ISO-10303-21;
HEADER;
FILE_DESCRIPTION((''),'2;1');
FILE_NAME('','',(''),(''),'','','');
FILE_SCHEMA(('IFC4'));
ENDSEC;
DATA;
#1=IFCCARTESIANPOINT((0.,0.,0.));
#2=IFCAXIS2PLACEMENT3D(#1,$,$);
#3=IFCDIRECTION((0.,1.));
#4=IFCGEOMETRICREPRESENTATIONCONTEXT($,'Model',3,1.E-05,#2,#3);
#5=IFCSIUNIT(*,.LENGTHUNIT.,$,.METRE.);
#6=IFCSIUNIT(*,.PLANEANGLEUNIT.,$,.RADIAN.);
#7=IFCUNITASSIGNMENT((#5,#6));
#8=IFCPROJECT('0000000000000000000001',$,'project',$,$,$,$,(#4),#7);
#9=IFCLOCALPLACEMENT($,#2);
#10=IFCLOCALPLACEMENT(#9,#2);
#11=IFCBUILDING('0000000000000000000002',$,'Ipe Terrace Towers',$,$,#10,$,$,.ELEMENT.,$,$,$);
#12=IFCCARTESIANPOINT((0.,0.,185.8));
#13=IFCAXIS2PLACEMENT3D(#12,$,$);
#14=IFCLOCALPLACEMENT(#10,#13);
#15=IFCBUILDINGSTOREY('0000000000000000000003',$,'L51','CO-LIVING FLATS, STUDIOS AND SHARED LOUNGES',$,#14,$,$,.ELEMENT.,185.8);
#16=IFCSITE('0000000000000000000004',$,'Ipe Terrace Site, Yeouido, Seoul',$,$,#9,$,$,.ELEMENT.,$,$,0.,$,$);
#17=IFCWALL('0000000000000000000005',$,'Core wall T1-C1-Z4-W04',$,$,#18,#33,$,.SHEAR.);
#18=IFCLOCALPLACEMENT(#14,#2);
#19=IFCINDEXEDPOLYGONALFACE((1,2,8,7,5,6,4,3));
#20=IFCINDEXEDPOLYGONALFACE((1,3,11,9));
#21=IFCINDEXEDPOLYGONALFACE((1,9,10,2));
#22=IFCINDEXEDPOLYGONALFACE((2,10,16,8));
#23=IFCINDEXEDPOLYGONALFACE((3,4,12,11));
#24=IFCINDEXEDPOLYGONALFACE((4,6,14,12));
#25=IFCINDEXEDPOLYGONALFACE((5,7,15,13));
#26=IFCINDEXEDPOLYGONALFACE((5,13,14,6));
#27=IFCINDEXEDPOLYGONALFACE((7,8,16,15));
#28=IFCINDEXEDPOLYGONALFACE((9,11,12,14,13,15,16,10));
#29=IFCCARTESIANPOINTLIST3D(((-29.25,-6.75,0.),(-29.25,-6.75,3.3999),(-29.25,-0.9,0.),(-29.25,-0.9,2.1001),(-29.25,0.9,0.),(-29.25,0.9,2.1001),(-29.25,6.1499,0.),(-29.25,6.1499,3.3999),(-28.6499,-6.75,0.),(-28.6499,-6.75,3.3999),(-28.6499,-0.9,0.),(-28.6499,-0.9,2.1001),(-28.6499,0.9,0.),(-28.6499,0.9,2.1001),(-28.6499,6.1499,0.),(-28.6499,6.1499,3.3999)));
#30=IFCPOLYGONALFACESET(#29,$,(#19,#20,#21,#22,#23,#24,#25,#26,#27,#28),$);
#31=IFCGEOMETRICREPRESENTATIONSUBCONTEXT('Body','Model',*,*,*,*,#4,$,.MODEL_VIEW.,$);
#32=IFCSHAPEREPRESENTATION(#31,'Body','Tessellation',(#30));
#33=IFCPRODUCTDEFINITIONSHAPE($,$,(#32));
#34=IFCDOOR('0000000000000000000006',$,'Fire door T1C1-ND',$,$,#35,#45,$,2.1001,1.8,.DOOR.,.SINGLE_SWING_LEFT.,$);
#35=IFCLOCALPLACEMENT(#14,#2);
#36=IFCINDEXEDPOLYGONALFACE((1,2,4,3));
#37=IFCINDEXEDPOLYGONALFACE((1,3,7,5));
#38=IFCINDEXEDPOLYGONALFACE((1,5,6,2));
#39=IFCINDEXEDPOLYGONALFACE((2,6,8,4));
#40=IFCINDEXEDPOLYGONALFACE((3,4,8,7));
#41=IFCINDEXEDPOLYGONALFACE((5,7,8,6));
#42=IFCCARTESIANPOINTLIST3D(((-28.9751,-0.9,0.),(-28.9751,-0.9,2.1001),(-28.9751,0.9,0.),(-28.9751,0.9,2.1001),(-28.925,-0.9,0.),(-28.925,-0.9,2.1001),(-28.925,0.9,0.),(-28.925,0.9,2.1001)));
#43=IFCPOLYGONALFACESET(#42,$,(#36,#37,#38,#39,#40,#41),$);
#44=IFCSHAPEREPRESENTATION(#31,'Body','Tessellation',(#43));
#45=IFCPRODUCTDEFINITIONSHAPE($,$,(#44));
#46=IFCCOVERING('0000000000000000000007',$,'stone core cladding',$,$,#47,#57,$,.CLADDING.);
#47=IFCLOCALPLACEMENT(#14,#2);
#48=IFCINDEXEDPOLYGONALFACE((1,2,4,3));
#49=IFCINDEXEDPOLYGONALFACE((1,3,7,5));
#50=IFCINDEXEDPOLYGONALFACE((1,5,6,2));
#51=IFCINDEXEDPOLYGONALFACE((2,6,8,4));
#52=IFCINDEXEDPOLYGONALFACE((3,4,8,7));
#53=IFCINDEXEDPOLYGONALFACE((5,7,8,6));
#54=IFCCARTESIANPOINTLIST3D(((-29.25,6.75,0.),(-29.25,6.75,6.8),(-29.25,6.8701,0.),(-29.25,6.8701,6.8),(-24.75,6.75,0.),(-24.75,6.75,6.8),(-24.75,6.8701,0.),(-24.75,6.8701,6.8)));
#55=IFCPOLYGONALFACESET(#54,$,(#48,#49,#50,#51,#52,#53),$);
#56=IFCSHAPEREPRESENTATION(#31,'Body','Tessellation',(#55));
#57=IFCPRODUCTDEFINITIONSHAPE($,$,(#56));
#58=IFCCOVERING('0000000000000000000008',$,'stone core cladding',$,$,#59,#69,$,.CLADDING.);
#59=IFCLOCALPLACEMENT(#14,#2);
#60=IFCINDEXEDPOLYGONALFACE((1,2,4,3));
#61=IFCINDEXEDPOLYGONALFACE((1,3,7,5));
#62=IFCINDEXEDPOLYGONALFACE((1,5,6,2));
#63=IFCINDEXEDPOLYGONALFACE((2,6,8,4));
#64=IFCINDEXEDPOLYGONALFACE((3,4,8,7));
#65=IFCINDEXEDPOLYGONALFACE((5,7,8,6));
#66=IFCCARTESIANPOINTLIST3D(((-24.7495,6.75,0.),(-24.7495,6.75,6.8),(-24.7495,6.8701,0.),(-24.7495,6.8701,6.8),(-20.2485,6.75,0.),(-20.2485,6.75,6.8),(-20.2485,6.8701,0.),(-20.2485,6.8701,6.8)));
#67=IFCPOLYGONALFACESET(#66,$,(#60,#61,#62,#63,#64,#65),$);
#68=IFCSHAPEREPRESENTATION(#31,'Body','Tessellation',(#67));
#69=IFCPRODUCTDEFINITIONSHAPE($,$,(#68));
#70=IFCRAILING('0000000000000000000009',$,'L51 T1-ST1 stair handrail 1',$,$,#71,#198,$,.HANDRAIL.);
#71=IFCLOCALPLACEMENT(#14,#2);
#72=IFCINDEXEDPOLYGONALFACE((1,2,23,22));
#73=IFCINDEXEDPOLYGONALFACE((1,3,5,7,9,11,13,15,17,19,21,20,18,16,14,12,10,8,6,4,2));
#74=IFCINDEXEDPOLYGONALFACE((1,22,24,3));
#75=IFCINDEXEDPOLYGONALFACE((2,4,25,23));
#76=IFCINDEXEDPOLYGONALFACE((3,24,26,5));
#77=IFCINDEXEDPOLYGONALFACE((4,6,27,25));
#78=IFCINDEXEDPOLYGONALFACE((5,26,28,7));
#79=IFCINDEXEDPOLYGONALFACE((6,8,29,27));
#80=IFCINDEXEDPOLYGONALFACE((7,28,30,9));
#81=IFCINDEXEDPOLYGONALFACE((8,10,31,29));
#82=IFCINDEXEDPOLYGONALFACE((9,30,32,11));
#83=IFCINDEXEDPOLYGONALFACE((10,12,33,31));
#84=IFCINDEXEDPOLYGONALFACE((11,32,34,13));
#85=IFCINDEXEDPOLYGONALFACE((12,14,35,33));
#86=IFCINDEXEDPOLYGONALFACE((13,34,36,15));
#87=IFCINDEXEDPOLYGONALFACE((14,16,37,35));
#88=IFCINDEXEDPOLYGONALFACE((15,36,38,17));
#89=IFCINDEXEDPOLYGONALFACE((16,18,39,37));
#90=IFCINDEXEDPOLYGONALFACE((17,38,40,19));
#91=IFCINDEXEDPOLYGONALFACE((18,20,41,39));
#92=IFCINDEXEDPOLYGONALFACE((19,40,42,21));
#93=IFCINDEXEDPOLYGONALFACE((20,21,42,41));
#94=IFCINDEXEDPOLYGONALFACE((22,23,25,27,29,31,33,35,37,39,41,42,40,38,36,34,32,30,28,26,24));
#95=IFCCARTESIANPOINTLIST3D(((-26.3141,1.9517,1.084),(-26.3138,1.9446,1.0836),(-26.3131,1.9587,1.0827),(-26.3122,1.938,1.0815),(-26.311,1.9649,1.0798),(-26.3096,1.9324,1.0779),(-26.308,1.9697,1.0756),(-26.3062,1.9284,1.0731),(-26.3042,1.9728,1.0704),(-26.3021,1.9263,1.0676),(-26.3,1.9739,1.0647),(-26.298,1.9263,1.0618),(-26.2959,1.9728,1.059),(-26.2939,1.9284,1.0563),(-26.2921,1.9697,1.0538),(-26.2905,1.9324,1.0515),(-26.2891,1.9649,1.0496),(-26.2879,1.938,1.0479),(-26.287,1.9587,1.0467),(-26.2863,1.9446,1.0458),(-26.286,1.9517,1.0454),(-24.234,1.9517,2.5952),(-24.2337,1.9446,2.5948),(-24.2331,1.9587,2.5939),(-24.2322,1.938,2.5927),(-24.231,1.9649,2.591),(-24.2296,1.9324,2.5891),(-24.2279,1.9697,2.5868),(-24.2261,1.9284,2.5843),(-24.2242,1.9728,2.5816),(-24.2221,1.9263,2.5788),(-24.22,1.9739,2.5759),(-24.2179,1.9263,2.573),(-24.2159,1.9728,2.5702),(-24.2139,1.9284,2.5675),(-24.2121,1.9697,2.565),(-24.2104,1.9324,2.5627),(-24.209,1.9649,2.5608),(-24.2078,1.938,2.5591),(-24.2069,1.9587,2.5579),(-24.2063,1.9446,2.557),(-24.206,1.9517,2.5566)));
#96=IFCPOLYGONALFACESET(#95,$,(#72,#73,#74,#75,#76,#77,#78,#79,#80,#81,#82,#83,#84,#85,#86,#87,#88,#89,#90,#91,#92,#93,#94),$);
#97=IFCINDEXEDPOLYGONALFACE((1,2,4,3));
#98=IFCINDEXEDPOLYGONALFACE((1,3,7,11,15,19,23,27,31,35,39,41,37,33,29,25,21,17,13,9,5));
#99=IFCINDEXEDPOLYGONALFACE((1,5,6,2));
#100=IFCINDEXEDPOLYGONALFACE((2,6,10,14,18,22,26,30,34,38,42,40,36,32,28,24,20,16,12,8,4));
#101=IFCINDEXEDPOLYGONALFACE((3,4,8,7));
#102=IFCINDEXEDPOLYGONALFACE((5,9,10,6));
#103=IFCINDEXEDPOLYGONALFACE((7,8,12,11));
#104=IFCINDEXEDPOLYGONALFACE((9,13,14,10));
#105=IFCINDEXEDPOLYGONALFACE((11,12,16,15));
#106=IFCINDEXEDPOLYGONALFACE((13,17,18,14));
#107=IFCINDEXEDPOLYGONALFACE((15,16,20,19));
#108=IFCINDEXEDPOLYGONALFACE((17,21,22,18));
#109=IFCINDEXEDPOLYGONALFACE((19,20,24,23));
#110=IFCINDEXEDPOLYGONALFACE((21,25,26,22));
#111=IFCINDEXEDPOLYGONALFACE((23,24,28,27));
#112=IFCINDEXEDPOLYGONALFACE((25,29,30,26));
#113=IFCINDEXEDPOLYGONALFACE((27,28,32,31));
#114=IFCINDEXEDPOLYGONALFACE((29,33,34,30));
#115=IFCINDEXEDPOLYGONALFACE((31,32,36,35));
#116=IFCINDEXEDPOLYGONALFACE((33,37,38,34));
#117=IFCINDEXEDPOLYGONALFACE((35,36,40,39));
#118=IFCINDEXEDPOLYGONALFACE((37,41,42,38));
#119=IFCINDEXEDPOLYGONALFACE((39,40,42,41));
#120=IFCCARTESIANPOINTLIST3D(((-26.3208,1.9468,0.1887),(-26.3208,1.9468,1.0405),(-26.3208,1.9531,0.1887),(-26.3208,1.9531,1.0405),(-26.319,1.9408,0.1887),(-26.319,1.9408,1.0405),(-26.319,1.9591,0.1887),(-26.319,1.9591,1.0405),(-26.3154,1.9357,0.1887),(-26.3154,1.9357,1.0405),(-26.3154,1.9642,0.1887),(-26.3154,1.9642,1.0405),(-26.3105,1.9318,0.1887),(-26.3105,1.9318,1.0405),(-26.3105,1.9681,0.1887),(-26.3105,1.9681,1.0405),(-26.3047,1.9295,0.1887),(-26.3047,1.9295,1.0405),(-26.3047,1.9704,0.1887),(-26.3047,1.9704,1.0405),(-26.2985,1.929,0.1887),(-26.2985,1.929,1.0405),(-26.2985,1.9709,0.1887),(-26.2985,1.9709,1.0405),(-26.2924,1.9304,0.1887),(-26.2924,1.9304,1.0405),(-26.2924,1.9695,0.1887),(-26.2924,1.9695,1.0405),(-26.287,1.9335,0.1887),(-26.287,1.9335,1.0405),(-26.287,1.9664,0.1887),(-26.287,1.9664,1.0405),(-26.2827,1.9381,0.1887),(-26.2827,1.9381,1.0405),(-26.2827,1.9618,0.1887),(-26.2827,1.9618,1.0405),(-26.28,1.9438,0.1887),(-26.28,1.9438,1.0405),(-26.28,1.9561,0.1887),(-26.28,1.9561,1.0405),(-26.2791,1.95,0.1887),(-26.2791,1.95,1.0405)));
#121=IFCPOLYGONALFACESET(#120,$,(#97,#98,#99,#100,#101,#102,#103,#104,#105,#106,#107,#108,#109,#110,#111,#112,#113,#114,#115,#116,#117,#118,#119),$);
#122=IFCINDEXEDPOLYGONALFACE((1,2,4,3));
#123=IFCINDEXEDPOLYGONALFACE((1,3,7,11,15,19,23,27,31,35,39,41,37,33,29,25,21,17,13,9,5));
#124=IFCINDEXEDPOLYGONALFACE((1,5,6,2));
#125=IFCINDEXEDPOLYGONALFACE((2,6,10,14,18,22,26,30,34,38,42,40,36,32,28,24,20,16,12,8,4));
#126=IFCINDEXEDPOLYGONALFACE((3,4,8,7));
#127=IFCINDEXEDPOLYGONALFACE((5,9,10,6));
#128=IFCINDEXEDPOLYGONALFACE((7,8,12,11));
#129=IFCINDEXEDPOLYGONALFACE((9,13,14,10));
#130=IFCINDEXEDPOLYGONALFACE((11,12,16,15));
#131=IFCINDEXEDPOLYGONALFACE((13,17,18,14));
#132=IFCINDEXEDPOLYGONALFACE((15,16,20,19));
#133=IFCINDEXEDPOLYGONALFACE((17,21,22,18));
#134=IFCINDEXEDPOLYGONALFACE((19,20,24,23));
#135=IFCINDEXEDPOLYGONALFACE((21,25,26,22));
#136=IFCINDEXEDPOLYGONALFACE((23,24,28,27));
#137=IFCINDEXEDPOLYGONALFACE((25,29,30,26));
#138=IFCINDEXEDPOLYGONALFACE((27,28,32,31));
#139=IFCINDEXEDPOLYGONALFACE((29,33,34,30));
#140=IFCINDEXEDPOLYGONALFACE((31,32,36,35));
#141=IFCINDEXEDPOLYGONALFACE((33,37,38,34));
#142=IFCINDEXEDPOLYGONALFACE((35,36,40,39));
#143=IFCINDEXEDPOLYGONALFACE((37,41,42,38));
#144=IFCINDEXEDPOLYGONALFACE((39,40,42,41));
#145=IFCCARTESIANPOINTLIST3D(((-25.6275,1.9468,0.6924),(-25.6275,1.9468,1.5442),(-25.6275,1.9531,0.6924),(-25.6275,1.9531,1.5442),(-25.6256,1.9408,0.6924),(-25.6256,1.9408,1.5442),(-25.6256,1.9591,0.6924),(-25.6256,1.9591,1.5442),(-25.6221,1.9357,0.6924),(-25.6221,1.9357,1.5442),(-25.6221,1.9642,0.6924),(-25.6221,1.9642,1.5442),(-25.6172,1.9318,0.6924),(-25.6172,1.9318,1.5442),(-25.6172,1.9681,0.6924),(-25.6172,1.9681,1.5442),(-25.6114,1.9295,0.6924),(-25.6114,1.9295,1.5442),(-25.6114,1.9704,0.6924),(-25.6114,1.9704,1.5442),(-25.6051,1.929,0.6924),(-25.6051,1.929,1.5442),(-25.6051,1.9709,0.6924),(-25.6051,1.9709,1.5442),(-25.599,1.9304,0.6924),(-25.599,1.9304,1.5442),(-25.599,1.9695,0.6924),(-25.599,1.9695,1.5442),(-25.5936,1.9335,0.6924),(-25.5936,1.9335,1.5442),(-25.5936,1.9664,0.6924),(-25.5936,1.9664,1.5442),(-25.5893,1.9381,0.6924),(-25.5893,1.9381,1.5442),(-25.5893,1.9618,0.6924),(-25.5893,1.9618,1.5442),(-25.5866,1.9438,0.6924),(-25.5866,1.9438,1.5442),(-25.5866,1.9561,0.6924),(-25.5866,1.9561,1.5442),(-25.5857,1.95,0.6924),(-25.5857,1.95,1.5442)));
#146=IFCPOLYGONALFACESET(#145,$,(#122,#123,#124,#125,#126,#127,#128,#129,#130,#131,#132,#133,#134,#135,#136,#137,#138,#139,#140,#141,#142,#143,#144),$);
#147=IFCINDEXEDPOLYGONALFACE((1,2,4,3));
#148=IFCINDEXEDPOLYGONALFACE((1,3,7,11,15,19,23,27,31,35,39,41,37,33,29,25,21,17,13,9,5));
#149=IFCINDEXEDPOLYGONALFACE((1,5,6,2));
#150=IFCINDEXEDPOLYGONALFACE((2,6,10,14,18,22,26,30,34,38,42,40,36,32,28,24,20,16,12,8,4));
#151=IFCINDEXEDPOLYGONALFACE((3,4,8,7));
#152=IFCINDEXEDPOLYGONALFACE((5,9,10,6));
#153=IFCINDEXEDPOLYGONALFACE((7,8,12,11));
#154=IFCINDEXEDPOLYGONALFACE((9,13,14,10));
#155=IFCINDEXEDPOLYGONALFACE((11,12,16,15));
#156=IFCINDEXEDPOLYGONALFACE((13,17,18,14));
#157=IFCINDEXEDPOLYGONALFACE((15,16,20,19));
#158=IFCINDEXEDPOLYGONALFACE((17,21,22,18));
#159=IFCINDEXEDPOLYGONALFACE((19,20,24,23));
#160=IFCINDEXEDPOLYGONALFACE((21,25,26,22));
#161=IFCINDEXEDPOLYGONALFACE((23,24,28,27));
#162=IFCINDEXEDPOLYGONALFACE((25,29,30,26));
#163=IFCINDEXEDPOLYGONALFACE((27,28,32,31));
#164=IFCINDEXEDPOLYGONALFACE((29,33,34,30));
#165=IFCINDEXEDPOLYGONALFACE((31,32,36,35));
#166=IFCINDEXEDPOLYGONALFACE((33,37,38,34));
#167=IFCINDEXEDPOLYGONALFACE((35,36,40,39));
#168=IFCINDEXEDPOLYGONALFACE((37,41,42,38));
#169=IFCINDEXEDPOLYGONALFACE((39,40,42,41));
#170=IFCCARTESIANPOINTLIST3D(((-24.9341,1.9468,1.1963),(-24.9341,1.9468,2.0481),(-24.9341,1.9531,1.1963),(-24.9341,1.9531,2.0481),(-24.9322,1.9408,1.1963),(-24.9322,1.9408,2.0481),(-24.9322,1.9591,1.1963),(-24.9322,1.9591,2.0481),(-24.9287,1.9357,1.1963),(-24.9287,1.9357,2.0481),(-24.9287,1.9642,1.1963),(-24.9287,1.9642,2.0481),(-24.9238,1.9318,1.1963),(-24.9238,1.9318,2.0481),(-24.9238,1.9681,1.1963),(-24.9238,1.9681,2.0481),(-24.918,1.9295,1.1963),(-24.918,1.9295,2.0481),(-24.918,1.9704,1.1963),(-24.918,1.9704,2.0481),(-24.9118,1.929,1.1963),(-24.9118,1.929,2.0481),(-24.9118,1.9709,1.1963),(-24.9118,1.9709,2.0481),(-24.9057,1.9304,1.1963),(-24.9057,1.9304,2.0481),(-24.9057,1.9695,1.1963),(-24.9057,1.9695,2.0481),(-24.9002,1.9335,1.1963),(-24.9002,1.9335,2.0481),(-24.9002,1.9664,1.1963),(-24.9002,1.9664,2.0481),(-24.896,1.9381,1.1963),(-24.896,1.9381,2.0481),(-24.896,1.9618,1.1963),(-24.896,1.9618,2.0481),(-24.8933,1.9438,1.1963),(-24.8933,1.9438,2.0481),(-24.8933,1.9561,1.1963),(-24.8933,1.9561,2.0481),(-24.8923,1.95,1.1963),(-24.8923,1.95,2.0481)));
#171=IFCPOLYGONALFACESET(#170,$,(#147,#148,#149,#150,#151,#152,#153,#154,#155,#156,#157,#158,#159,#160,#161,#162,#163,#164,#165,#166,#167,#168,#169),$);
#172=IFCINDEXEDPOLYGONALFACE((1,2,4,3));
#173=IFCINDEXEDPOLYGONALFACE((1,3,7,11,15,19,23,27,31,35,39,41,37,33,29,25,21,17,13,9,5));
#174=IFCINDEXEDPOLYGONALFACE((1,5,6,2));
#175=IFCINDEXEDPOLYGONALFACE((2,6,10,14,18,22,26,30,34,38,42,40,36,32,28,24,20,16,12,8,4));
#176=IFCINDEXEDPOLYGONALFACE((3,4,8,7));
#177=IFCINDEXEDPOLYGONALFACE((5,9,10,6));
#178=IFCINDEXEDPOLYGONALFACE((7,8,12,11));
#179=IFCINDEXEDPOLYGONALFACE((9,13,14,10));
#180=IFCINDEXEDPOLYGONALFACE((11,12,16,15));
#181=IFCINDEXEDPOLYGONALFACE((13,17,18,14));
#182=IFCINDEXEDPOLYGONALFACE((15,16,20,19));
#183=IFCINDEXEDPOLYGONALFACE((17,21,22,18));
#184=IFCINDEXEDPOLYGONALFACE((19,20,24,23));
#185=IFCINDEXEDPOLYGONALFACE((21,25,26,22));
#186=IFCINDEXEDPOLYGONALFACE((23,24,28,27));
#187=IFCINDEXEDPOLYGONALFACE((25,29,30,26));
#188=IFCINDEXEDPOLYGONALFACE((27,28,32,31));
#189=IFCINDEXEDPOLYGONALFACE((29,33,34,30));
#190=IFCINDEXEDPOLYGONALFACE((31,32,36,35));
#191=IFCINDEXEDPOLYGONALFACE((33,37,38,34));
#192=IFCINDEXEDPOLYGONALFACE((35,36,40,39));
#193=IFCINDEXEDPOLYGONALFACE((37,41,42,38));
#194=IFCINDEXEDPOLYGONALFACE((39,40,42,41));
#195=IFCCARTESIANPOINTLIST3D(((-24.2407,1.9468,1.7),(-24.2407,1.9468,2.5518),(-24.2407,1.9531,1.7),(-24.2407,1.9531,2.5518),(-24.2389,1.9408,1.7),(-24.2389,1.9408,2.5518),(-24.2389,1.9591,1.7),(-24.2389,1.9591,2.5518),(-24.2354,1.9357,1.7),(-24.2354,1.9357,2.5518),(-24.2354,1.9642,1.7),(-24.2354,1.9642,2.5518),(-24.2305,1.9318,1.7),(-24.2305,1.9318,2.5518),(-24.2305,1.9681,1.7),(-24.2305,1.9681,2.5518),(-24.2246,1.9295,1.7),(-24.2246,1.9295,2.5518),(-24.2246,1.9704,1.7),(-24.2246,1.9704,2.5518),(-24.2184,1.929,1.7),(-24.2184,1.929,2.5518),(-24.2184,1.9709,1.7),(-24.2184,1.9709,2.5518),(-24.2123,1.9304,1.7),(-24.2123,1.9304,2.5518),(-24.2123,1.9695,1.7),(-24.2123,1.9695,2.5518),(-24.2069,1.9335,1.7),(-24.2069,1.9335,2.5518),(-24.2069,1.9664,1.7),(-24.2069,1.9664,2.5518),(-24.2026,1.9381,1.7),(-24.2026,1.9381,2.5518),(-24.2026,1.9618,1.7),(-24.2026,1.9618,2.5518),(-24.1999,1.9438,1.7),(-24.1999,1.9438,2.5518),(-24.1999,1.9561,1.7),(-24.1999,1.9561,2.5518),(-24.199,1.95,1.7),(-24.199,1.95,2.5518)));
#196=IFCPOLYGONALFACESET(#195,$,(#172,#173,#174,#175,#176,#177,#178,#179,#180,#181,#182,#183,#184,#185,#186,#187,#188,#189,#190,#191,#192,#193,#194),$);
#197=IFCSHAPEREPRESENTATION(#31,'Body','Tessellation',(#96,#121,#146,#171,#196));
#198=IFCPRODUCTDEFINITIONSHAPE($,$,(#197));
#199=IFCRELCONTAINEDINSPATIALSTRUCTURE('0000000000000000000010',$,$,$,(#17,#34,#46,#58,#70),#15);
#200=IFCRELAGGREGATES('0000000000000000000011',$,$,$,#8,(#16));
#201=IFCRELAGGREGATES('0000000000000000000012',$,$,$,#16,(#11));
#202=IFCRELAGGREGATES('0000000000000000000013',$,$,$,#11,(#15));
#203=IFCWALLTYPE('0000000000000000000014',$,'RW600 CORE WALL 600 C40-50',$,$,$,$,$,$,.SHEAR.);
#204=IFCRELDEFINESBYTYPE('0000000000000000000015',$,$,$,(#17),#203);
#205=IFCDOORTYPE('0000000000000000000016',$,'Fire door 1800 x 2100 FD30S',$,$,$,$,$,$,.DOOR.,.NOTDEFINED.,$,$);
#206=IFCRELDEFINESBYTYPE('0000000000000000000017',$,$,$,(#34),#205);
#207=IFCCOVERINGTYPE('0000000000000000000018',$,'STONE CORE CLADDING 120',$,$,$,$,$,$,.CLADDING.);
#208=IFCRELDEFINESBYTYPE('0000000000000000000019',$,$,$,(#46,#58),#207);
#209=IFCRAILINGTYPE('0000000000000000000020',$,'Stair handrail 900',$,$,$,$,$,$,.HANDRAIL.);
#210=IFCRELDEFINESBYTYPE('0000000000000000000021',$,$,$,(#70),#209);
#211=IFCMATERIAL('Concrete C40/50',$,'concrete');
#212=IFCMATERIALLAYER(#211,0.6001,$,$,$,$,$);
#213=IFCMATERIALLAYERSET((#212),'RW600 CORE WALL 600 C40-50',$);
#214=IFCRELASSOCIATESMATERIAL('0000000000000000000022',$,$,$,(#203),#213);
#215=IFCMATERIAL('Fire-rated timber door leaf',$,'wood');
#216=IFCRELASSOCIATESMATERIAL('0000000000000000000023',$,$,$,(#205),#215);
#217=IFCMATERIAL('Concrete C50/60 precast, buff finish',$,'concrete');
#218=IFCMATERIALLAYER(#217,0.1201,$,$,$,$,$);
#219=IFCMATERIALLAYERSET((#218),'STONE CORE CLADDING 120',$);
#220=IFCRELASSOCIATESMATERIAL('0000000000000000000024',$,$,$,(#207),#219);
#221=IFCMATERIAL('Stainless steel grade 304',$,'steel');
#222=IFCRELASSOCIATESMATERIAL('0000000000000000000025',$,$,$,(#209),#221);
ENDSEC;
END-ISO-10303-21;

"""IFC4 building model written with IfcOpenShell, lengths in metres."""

from ifc_helpers import new_model, si_unit, direction, frame, frame_2d, origin, origin_2d, place, context, subcontext, project, spatial, rectangle, circle, extrude, material, layer, layer_set, type_object, element, fill, save


model = new_model("IFC4")

# Units and contexts
model_context = context("Model", 3, precision=1e-05, world=origin(), true_north=direction((0.0, 1.0)))
body_context = subcontext(model_context, "Body", "Model", "MODEL_VIEW")
ifc_project = project(units=[si_unit("LENGTHUNIT", "METRE"), si_unit("PLANEANGLEUNIT", "RADIAN")], contexts=[model_context])

# Site, building, storey
site_placement = place(None, origin())
site = spatial("IfcSite", under=ifc_project, at=site_placement, Name="Ipe Terrace Site, Yeouido, Seoul", CompositionType="ELEMENT", RefElevation=0.0)
building_placement = place(site_placement, origin())
building = spatial("IfcBuilding", under=site, at=building_placement, Name="Ipe Terrace Towers", CompositionType="ELEMENT")
storey_placement = place(building_placement, frame((0.0, 0.0, 185.8)))
storey = spatial("IfcBuildingStorey", under=building, at=storey_placement, Name="L51", Description="CO-LIVING FLATS, STUDIOS AND SHARED LOUNGES", CompositionType="ELEMENT", Elevation=185.8)

# Shared definitions
ifc_material_1 = material(Name="Concrete C40/50", Category="concrete")
ifc_layer_1 = layer(ifc_material_1, 0.6001)
ifc_layer_set_1 = layer_set([ifc_layer_1], Name="RW600 CORE WALL 600 C40-50")
wall_type_1 = type_object("IfcWallType", Name="RW600 CORE WALL 600 C40-50", PredefinedType="SHEAR", material=ifc_layer_set_1)

# Wall, opening, door
wall_1_placement = place(storey_placement, frame((-28.95, 6.1499, 0.0), z_axis=(0.0, 0.0, 1.0), x_axis=(0.0, -1.0, 0.0)))
wall_1 = element("IfcWall", 1, at=wall_1_placement, inside=storey, type_object=wall_type_1, Name="Core wall T1-C1-Z4-W04", PredefinedType="SHEAR", context=body_context, shape_type="SweptSolid", body=[
    extrude(rectangle(XDim=12.8999, YDim=0.6001, at=frame_2d((6.45, 0.0))), origin(), (0.0, 0.0, 1.0), 3.3999),
])
opening_1_placement = place(wall_1_placement, frame((5.25, 0.0, 0.0)))
opening_1 = element("IfcOpeningElement", 2, at=opening_1_placement, cuts=wall_1, PredefinedType="OPENING", context=body_context, shape_type="SweptSolid", body=[
    extrude(rectangle(XDim=1.8, YDim=2.1001, at=frame_2d((0.8999, 1.05))), frame((0.0, 0.3101, 0.0), z_axis=(0.0, -1.0, 0.0), x_axis=(1.0, 0.0, 0.0)), (0.0, 0.0, 1.0), 0.6201),
])
ifc_material_2 = material(Name="Fire-rated timber door leaf", Category="wood")
door_type_1 = type_object("IfcDoorType", Name="Fire door 1800 x 2100 FD30S", OperationType="NOTDEFINED", PredefinedType="DOOR", material=ifc_material_2)
door_1_placement = place(opening_1_placement, origin())
door_1 = element("IfcDoor", 3, at=door_1_placement, inside=storey, type_object=door_type_1, Name="Fire door T1C1-ND", OperationType="SINGLE_SWING_LEFT", OverallHeight=2.1001, OverallWidth=1.8, PredefinedType="DOOR", context=body_context, shape_type="SweptSolid", body=[
    extrude(rectangle(XDim=1.8, YDim=2.1001, at=frame_2d((0.8999, 1.05))), frame((0.0, 0.0249, 0.0), z_axis=(0.0, -1.0, 0.0), x_axis=(1.0, 0.0, 0.0)), (0.0, 0.0, 1.0), 0.05),
])
fill(opening_1, door_1)

# Coverings
ifc_material_3 = material(Name="Concrete C50/60 precast, buff finish", Category="concrete")
ifc_layer_2 = layer(ifc_material_3, 0.1201)
ifc_layer_set_2 = layer_set([ifc_layer_2], Name="STONE CORE CLADDING 120")
covering_type = type_object("IfcCoveringType", Name="STONE CORE CLADDING 120", PredefinedType="CLADDING", material=ifc_layer_set_2)
covering_1_placement = place(storey_placement, frame((-27.0, 6.8101, 0.0), z_axis=(0.0, 0.0, 1.0), x_axis=(-1.0, 0.0, 0.0)))
element("IfcCovering", 4, at=covering_1_placement, inside=storey, type_object=covering_type, Name="stone core cladding", PredefinedType="CLADDING", context=body_context, shape_type="SweptSolid", body=[
    extrude(rectangle(XDim=4.5, YDim=0.1201, at=origin_2d()), origin(), (0.0, 0.0, 1.0), 6.8),
])
covering_2_placement = place(storey_placement, frame((-22.499, 6.8101, 0.0), z_axis=(0.0, 0.0, 1.0), x_axis=(-1.0, 0.0, 0.0)))
element("IfcCovering", 5, at=covering_2_placement, inside=storey, type_object=covering_type, Name="stone core cladding", PredefinedType="CLADDING", context=body_context, shape_type="SweptSolid", body=[
    extrude(rectangle(XDim=4.501, YDim=0.1201, at=origin_2d()), origin(), (0.0, 0.0, 1.0), 6.8),
])

# Railing
ifc_material_4 = material(Name="Stainless steel grade 304", Category="steel")
railing_type_1 = type_object("IfcRailingType", Name="Stair handrail 900", PredefinedType="HANDRAIL", material=ifc_material_4)
railing_1_placement = place(storey_placement, frame((-26.3, 1.95, 0.1887)))
element("IfcRailing", 6, at=railing_1_placement, inside=storey, type_object=railing_type_1, Name="L51 T1-ST1 stair handrail 1", PredefinedType="HANDRAIL", context=body_context, shape_type="SweptSolid", body=[
    extrude(circle(Radius=0.0239, at=origin_2d()), frame((0.0, 0.0, 0.876), z_axis=(0.809023, 0.0, 0.587776), x_axis=(0.0, 1.0, 0.0)), (0.0, 0.0, 1.0), 2.571),
    extrude(circle(Radius=0.021, at=origin_2d()), origin(), (0.0, 0.0, 1.0), 0.8518),
    extrude(circle(Radius=0.021, at=origin_2d()), frame((0.6934, 0.0, 0.5037)), (0.0, 0.0, 1.0), 0.8518),
    extrude(circle(Radius=0.021, at=origin_2d()), frame((1.3867, 0.0, 1.0076)), (0.0, 0.0, 1.0), 0.8518),
    extrude(circle(Radius=0.021, at=origin_2d()), frame((2.0801, 0.0, 1.5112)), (0.0, 0.0, 1.0), 0.8518),
])

save(model, "model.ifc")
